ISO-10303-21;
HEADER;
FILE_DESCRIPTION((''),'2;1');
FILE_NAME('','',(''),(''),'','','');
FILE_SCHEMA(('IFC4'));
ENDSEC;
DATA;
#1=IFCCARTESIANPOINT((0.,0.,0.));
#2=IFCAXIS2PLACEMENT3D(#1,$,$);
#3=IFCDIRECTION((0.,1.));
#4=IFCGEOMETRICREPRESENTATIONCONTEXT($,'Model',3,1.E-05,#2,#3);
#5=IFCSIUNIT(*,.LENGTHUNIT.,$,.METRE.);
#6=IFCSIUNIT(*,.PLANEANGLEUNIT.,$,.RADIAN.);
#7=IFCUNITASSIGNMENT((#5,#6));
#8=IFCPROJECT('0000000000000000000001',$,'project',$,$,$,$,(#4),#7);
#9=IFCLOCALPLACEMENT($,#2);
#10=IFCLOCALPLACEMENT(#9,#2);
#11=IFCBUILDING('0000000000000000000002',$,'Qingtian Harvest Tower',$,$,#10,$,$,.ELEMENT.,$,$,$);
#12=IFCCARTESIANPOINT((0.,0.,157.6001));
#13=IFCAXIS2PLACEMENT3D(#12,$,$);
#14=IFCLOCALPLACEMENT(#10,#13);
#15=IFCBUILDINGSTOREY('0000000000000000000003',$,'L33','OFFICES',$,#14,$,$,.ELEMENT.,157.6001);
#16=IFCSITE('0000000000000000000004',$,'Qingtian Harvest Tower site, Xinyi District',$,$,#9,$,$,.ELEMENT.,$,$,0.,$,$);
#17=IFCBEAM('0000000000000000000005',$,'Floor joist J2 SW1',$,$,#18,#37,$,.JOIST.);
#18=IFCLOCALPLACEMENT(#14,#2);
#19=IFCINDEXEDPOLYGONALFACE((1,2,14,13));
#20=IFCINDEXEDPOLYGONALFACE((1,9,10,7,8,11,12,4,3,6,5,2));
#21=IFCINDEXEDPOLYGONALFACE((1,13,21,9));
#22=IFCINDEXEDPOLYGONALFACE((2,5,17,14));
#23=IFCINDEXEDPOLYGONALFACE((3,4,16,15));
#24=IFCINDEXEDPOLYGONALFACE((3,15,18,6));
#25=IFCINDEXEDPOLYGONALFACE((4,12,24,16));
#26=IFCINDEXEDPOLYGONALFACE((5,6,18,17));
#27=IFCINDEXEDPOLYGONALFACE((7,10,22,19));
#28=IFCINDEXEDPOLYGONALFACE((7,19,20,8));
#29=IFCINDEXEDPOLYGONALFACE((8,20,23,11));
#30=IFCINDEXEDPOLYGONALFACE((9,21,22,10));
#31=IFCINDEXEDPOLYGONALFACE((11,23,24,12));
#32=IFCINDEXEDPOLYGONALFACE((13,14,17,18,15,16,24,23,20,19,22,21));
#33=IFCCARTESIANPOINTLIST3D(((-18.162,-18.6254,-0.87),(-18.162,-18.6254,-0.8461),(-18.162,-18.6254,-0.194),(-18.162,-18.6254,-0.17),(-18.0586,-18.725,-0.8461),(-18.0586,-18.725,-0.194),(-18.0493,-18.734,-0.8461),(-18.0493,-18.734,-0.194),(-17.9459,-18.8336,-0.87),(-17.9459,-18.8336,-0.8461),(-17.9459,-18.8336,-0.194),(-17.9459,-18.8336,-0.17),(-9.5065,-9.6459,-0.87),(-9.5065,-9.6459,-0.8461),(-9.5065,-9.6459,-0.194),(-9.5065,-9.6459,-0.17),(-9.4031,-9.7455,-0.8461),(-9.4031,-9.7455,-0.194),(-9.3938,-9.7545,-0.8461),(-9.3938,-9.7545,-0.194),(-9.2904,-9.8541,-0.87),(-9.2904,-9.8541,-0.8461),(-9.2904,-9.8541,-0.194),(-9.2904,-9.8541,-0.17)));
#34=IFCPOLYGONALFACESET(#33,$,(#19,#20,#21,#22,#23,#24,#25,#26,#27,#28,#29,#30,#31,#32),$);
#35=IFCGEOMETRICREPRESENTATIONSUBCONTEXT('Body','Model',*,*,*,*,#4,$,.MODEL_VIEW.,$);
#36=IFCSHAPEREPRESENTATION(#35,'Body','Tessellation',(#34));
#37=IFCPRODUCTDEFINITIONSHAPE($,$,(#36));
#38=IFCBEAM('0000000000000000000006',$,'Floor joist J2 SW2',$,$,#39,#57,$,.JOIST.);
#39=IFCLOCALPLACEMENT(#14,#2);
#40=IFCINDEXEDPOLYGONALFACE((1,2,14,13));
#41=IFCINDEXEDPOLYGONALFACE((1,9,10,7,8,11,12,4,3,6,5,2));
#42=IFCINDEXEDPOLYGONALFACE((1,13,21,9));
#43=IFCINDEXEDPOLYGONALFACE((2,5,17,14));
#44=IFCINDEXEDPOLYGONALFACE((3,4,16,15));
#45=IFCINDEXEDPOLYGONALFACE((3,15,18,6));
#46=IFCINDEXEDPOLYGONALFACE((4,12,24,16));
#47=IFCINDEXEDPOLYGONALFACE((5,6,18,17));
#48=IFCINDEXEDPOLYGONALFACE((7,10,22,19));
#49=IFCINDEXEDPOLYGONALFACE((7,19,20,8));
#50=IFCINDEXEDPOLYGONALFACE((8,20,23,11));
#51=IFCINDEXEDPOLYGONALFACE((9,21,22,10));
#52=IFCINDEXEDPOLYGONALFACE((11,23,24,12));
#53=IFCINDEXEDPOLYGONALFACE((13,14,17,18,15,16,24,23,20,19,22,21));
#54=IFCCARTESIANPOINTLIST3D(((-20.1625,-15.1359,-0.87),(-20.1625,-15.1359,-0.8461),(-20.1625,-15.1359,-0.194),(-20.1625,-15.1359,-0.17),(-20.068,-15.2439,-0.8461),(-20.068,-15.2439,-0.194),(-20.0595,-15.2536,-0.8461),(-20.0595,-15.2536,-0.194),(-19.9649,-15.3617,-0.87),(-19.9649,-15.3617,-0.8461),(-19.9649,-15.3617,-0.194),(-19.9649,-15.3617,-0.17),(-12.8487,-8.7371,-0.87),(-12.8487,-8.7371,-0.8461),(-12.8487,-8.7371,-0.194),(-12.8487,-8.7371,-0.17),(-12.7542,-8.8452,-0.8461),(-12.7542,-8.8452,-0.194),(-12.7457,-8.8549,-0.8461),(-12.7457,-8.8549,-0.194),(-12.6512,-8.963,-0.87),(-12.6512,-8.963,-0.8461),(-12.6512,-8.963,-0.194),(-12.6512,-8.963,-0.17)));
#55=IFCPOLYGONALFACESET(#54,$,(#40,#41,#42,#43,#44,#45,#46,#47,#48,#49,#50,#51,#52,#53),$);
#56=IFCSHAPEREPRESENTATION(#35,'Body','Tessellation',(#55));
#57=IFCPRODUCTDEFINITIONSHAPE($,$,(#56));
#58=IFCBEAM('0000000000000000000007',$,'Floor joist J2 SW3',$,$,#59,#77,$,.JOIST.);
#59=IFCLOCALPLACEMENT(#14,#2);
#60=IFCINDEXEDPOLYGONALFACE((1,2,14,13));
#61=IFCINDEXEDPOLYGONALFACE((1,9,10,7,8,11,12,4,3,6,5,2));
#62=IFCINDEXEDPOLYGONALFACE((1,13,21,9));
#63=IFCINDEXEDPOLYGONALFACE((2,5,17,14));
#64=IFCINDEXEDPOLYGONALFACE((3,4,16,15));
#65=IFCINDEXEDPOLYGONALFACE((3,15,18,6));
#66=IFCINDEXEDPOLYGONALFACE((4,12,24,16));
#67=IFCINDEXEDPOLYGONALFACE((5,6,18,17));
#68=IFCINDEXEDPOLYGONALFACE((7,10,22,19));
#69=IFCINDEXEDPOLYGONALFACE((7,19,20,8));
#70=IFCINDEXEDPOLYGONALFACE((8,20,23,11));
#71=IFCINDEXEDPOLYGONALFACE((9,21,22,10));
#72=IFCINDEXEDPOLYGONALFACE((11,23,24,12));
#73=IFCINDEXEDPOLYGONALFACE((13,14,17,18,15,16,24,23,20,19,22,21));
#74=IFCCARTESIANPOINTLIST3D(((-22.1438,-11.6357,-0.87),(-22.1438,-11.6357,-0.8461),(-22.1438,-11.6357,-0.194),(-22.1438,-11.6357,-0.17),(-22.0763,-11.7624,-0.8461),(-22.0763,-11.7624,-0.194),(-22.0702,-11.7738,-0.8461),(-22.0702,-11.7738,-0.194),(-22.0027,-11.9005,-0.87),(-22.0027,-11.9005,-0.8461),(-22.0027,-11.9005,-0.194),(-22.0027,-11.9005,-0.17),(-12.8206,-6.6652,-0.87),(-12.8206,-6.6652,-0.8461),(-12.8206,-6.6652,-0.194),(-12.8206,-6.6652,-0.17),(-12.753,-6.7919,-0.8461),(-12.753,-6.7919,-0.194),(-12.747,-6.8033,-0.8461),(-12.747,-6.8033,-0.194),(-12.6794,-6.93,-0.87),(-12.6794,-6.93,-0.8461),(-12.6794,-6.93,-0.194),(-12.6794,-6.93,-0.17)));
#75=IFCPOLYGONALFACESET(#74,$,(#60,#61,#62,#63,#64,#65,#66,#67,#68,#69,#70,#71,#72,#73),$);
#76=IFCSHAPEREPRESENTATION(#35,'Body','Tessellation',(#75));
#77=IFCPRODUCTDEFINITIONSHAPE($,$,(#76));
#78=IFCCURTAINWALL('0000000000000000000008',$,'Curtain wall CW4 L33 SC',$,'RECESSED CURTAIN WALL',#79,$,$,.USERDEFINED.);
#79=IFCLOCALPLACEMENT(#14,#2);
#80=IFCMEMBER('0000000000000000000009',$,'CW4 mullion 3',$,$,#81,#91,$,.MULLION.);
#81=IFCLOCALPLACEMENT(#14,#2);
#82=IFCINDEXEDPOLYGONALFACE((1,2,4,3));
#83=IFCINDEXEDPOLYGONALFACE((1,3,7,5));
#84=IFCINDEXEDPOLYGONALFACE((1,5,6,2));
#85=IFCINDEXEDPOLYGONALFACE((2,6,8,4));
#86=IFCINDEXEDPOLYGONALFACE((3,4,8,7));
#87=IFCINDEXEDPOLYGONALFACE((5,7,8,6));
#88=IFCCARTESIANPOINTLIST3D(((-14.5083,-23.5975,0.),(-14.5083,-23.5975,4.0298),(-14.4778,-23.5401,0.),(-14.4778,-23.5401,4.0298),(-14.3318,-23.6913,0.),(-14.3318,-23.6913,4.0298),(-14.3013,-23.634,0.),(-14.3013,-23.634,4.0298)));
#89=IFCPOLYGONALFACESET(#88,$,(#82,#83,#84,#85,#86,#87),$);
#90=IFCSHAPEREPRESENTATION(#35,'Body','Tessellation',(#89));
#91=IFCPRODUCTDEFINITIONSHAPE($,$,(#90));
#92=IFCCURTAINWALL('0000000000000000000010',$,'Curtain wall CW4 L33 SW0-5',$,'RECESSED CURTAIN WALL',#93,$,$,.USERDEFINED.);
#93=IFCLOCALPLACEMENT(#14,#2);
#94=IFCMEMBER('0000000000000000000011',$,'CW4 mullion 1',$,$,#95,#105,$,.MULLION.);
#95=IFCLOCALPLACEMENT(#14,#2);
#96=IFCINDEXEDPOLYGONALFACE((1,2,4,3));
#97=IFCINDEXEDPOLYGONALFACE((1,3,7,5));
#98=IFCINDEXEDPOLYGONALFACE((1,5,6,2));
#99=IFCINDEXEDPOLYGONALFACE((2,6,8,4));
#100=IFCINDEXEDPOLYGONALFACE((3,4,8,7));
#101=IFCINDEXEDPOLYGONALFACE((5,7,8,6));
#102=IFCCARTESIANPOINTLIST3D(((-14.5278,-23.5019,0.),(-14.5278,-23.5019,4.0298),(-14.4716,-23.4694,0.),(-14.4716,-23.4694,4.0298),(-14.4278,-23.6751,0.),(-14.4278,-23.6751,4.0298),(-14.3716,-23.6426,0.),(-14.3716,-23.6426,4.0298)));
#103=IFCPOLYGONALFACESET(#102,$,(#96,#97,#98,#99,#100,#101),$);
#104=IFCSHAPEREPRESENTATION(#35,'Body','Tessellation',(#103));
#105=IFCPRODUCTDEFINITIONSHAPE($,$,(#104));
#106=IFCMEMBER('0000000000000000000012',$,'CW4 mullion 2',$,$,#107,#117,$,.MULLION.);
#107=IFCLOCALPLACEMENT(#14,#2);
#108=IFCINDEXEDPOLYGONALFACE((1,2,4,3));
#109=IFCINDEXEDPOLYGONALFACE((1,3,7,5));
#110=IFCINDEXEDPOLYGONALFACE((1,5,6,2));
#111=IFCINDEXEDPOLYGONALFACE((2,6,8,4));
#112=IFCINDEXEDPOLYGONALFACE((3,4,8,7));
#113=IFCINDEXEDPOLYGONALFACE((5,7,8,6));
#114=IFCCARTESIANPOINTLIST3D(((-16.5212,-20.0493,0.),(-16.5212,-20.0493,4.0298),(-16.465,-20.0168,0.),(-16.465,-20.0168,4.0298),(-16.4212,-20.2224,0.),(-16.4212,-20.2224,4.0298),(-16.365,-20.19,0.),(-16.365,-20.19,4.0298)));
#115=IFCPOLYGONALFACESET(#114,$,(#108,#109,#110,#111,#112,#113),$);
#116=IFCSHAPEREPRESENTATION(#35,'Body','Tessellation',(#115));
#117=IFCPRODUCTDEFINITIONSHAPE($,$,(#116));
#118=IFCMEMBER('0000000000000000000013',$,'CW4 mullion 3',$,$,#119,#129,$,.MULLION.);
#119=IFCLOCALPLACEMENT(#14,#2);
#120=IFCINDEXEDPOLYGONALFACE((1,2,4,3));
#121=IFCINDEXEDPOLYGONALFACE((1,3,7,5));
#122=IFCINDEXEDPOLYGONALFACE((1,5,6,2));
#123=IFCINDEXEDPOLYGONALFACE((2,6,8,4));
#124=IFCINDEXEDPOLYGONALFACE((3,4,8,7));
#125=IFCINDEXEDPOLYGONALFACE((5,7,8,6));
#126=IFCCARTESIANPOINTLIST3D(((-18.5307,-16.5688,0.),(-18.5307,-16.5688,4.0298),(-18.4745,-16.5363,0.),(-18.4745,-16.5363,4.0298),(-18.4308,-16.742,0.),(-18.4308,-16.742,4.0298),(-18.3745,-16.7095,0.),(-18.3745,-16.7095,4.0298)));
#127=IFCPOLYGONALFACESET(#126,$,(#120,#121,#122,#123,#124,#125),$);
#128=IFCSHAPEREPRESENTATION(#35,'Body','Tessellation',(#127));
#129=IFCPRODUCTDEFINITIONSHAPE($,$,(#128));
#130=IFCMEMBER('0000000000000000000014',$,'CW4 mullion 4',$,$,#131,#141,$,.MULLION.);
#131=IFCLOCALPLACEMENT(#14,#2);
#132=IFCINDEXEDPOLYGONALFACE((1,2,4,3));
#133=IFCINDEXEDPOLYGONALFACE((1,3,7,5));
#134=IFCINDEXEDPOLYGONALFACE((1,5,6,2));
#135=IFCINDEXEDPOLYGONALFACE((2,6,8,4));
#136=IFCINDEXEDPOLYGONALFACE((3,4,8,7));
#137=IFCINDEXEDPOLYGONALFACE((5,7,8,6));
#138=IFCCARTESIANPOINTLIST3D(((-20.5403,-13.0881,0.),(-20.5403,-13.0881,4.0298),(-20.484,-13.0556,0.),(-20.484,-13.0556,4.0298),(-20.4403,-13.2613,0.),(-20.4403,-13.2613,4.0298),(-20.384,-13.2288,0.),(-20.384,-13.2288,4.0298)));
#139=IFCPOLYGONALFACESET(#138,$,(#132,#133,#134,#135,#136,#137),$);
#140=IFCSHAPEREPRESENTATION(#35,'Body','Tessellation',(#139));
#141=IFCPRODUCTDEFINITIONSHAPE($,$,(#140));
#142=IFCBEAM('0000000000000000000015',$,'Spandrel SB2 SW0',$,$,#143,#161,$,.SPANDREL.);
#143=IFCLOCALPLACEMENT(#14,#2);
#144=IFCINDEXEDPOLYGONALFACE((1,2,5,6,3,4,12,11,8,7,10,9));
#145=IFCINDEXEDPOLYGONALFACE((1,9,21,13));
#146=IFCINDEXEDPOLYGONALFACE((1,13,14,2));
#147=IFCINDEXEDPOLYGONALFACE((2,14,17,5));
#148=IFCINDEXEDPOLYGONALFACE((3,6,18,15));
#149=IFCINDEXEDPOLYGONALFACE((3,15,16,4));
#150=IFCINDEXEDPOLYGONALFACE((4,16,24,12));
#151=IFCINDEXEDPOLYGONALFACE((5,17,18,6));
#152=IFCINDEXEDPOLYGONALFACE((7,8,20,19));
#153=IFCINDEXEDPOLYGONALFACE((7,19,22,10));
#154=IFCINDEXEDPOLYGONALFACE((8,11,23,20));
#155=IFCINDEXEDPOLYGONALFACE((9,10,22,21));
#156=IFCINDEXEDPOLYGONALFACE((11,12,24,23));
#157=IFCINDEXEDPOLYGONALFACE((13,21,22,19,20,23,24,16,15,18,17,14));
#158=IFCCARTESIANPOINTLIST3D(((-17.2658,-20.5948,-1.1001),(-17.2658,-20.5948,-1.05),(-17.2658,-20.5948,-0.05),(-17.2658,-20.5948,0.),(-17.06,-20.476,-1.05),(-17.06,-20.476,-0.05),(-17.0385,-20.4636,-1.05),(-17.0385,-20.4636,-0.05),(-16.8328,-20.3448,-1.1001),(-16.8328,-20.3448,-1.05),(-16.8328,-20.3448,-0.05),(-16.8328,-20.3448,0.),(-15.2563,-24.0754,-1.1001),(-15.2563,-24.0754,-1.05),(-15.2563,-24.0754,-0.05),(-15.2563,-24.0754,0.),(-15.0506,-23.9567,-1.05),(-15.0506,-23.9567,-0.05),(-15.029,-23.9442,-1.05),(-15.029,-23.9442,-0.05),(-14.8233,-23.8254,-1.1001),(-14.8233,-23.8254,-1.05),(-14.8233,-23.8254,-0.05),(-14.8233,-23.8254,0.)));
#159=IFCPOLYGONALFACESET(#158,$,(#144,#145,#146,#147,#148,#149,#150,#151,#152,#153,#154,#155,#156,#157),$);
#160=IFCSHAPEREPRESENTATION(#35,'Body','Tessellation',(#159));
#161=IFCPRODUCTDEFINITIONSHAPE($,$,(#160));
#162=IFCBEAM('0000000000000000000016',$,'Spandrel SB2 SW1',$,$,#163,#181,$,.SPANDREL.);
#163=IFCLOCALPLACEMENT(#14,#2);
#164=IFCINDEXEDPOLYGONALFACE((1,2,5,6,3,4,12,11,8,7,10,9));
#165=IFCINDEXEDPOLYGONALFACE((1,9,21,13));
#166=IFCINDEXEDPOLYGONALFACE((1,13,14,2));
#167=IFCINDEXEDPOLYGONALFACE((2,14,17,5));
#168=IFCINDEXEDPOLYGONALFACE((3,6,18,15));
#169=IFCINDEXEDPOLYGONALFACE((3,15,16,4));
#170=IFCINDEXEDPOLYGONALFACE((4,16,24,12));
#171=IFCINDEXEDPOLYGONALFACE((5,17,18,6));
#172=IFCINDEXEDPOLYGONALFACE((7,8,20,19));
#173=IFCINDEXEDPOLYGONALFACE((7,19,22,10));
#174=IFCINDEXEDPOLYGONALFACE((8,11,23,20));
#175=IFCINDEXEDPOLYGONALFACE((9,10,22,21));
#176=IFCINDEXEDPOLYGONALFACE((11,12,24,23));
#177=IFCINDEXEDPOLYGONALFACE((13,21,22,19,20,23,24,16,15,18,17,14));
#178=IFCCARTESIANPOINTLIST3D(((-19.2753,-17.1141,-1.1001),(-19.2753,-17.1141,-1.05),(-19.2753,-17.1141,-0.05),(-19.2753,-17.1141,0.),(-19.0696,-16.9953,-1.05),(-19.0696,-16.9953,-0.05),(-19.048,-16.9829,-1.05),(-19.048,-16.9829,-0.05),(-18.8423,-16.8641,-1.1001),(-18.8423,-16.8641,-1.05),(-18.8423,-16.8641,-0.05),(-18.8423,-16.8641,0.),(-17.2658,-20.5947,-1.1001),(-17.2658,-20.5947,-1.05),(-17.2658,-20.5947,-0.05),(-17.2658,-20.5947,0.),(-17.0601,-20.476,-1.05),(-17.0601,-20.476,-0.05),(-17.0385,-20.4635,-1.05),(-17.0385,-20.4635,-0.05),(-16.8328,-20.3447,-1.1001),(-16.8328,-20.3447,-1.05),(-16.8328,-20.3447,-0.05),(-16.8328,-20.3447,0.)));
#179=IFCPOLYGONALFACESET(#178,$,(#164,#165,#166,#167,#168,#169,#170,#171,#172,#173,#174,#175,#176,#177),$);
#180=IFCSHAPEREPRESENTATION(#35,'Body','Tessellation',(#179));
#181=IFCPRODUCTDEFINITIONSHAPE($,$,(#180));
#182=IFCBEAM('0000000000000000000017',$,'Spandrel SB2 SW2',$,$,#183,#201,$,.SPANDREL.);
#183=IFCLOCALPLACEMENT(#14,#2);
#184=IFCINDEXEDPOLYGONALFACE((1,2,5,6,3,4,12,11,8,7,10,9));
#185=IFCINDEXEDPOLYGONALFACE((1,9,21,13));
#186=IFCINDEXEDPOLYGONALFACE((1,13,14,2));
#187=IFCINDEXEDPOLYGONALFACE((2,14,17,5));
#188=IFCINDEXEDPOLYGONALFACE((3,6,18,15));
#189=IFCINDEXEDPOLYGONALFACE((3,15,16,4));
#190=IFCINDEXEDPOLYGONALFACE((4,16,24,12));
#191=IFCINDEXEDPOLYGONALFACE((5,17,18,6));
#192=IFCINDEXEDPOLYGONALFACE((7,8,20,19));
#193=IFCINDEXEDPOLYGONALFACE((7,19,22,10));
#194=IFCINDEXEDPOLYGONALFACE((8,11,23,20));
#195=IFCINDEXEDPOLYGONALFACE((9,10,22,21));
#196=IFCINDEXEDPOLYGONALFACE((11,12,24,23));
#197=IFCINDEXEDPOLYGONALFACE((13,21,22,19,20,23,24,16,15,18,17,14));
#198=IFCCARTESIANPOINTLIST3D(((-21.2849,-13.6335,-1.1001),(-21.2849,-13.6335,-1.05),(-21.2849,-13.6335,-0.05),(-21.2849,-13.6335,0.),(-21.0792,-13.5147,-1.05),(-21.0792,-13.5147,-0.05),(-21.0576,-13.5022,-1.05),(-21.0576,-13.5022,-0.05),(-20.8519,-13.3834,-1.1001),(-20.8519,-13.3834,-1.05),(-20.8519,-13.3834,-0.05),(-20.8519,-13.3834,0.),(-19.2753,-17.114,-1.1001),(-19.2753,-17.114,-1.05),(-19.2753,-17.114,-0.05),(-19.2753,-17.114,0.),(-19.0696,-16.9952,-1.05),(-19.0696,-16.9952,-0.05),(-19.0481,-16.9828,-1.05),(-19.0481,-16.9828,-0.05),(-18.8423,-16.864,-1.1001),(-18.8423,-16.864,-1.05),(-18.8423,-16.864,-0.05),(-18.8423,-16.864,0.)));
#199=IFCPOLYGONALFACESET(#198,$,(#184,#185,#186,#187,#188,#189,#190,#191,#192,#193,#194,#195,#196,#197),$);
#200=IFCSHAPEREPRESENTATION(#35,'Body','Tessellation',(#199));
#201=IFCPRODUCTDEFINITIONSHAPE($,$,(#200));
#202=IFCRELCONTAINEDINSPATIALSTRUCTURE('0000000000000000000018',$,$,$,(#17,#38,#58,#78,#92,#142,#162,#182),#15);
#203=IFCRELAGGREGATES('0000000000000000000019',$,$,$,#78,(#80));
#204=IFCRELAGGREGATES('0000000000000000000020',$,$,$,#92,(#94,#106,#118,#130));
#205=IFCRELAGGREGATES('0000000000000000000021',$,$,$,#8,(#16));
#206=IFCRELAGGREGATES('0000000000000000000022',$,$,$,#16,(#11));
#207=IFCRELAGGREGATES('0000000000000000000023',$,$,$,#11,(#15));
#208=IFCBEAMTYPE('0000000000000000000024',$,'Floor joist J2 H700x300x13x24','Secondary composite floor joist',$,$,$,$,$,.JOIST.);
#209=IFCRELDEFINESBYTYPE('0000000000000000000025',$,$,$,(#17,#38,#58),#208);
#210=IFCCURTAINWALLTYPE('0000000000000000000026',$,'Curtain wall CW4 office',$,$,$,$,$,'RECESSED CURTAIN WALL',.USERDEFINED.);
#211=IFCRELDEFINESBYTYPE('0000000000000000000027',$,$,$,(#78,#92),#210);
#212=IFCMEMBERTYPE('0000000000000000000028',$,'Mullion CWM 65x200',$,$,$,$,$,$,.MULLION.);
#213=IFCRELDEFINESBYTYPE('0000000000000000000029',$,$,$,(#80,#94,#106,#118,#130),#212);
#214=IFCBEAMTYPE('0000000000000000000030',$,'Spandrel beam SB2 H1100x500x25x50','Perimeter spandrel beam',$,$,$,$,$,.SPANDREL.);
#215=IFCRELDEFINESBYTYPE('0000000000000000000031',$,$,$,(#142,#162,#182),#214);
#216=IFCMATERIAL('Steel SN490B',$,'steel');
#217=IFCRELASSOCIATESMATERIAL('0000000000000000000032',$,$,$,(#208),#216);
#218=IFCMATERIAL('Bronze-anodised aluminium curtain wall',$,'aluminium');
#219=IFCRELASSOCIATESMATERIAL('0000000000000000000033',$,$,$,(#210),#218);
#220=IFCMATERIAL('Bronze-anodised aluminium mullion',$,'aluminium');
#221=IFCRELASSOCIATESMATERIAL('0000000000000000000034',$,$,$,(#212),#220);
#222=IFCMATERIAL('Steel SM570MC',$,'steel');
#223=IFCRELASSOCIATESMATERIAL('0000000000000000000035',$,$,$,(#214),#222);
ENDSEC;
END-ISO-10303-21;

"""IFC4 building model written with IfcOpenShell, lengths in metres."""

from ifc_helpers import new_model, si_unit, direction, frame, origin, origin_2d, place, context, subcontext, project, spatial, rectangle, i_section, extrude, material, material_profile, profile_set, type_object, element, aggregate, save


model = new_model("IFC4")

# Units and contexts
model_context = context("Model", 3, precision=1e-05, world=origin(), true_north=direction((0.0, 1.0)))
body_context = subcontext(model_context, "Body", "Model", "MODEL_VIEW")
ifc_project = project(units=[si_unit("LENGTHUNIT", "METRE"), si_unit("PLANEANGLEUNIT", "RADIAN")], contexts=[model_context])

# Site, building, storey
site_placement = place(None, origin())
site = spatial("IfcSite", under=ifc_project, at=site_placement, Name="Qingtian Harvest Tower site, Xinyi District", CompositionType="ELEMENT", RefElevation=0.0)
building_placement = place(site_placement, origin())
building = spatial("IfcBuilding", under=site, at=building_placement, Name="Qingtian Harvest Tower", CompositionType="ELEMENT")
storey_placement = place(building_placement, frame((0.0, 0.0, 157.6001)))
storey = spatial("IfcBuildingStorey", under=building, at=storey_placement, Name="L33", Description="OFFICES", CompositionType="ELEMENT", Elevation=157.6001)

# Beams
ifc_material_1 = material(Name="Steel SN490B", Category="steel")
ifc_material_profile_1 = material_profile(ifc_material_1, i_section(OverallWidth=0.3, OverallDepth=0.7, WebThickness=0.0129, FlangeThickness=0.0239, at=origin_2d()), Name="H700x300x13x24")
ifc_profile_set_1 = profile_set([ifc_material_profile_1], Name="Steel SN490B")
beam_type_1 = type_object("IfcBeamType", Name="Floor joist J2 H700x300x13x24", Description="Secondary composite floor joist", PredefinedType="JOIST", material=ifc_profile_set_1)
beam_1_placement = place(storey_placement, frame((-18.054, -18.7295, -0.52), z_axis=(0.693999, 0.719976, 0.0), x_axis=(-0.719976, 0.693999, 0.0)))
element("IfcBeam", 1, at=beam_1_placement, inside=storey, type_object=beam_type_1, Name="Floor joist J2 SW1", PredefinedType="JOIST", context=body_context, shape_type="SweptSolid", body=[
    extrude(i_section(OverallWidth=0.3, OverallDepth=0.7, WebThickness=0.0129, FlangeThickness=0.0239, at=origin_2d()), origin(), (0.0, 0.0, 1.0), 12.4719),
])
beam_2_placement = place(storey_placement, frame((-20.0637, -15.2488, -0.52), z_axis=(0.752619, 0.658457, 0.0), x_axis=(-0.658457, 0.752619, 0.0)))
element("IfcBeam", 2, at=beam_2_placement, inside=storey, type_object=beam_type_1, Name="Floor joist J2 SW2", PredefinedType="JOIST", context=body_context, shape_type="SweptSolid", body=[
    extrude(i_section(OverallWidth=0.3, OverallDepth=0.7, WebThickness=0.0129, FlangeThickness=0.0239, at=origin_2d()), origin(), (0.0, 0.0, 1.0), 9.7178),
])
beam_3_placement = place(storey_placement, frame((-22.0732, -11.7681, -0.52), z_axis=(0.882429, 0.470446, 0.0), x_axis=(-0.470446, 0.882429, 0.0)))
element("IfcBeam", 3, at=beam_3_placement, inside=storey, type_object=beam_type_1, Name="Floor joist J2 SW3", PredefinedType="JOIST", context=body_context, shape_type="SweptSolid", body=[
    extrude(i_section(OverallWidth=0.3, OverallDepth=0.7, WebThickness=0.0129, FlangeThickness=0.0239, at=origin_2d()), origin(), (0.0, 0.0, 1.0), 10.5654),
])

# Curtain wall, member
ifc_material_2 = material(Name="Bronze-anodised aluminium curtain wall", Category="aluminium")
curtain_wall_type = type_object("IfcCurtainWallType", Name="Curtain wall CW4 office", ElementType="RECESSED CURTAIN WALL", PredefinedType="USERDEFINED", material=ifc_material_2)
curtain_wall_1_placement = place(storey_placement, origin())
curtain_wall_1 = element("IfcCurtainWall", 4, at=curtain_wall_1_placement, inside=storey, type_object=curtain_wall_type, Name="Curtain wall CW4 L33 SC", ObjectType="RECESSED CURTAIN WALL", PredefinedType="USERDEFINED")
ifc_material_3 = material(Name="Bronze-anodised aluminium mullion", Category="aluminium")
ifc_material_profile_2 = material_profile(ifc_material_3, rectangle(XDim=0.0649, YDim=0.2, at=origin_2d()), Name="AL 65x200")
ifc_profile_set_2 = profile_set([ifc_material_profile_2], Name="Bronze-anodised aluminium mullion")
member_type_1 = type_object("IfcMemberType", Name="Mullion CWM 65x200", PredefinedType="MULLION", material=ifc_profile_set_2)
member_1_placement = place(storey_placement, frame((-14.4048, -23.6157, 0.0), z_axis=(0.0, 0.0, 1.0), x_axis=(-0.469472, -0.882948, 0.0)))
member_1 = element("IfcMember", 5, at=member_1_placement, type_object=member_type_1, Name="CW4 mullion 3", PredefinedType="MULLION", context=body_context, shape_type="SweptSolid", body=[
    extrude(rectangle(XDim=0.0649, YDim=0.2, at=origin_2d()), origin(), (0.0, 0.0, 1.0), 4.0298),
])
aggregate(curtain_wall_1, [member_1])

# Curtain wall, members
curtain_wall_2_placement = place(storey_placement, origin())
curtain_wall_2 = element("IfcCurtainWall", 6, at=curtain_wall_2_placement, inside=storey, type_object=curtain_wall_type, Name="Curtain wall CW4 L33 SW0-5", ObjectType="RECESSED CURTAIN WALL", PredefinedType="USERDEFINED")
member_2_placement = place(storey_placement, frame((-14.4497, -23.5723, 0.0), z_axis=(0.0, 0.0, 1.0), x_axis=(-0.866025, -0.5, 0.0)))
member_2 = element("IfcMember", 7, at=member_2_placement, type_object=member_type_1, Name="CW4 mullion 1", PredefinedType="MULLION", context=body_context, shape_type="SweptSolid", body=[
    extrude(rectangle(XDim=0.0649, YDim=0.2, at=origin_2d()), origin(), (0.0, 0.0, 1.0), 4.0298),
])
member_3_placement = place(storey_placement, frame((-16.4431, -20.1196, 0.0), z_axis=(0.0, 0.0, 1.0), x_axis=(-0.866025, -0.5, 0.0)))
member_3 = element("IfcMember", 8, at=member_3_placement, type_object=member_type_1, Name="CW4 mullion 2", PredefinedType="MULLION", context=body_context, shape_type="SweptSolid", body=[
    extrude(rectangle(XDim=0.0649, YDim=0.2, at=origin_2d()), origin(), (0.0, 0.0, 1.0), 4.0298),
])
member_4_placement = place(storey_placement, frame((-18.4526, -16.6392, 0.0), z_axis=(0.0, 0.0, 1.0), x_axis=(-0.866025, -0.5, 0.0)))
member_4 = element("IfcMember", 9, at=member_4_placement, type_object=member_type_1, Name="CW4 mullion 3", PredefinedType="MULLION", context=body_context, shape_type="SweptSolid", body=[
    extrude(rectangle(XDim=0.0649, YDim=0.2, at=origin_2d()), origin(), (0.0, 0.0, 1.0), 4.0298),
])
member_5_placement = place(storey_placement, frame((-20.4622, -13.1584, 0.0), z_axis=(0.0, 0.0, 1.0), x_axis=(-0.866025, -0.5, 0.0)))
member_5 = element("IfcMember", 10, at=member_5_placement, type_object=member_type_1, Name="CW4 mullion 4", PredefinedType="MULLION", context=body_context, shape_type="SweptSolid", body=[
    extrude(rectangle(XDim=0.0649, YDim=0.2, at=origin_2d()), origin(), (0.0, 0.0, 1.0), 4.0298),
])

# Beams
ifc_material_4 = material(Name="Steel SM570MC", Category="steel")
ifc_material_profile_3 = material_profile(ifc_material_4, i_section(OverallWidth=0.5, OverallDepth=1.1001, WebThickness=0.0249, FlangeThickness=0.05, at=origin_2d()), Name="H1100x500x25x50")
ifc_profile_set_3 = profile_set([ifc_material_profile_3], Name="Steel SM570MC")
beam_type_2 = type_object("IfcBeamType", Name="Spandrel beam SB2 H1100x500x25x50", Description="Perimeter spandrel beam", PredefinedType="SPANDREL", material=ifc_profile_set_3)
for number, where, z_axis, x_axis, name in (
    (11, (-15.0398, -23.9504, -0.55), (-0.499987, 0.866033, 0.0), (-0.866033, -0.499987, 0.0), "Spandrel SB2 SW0"),
    (12, (-17.0493, -20.4697, -0.55), (-0.499987, 0.866033, 0.0), (-0.866033, -0.499987, 0.0), "Spandrel SB2 SW1"),
    (13, (-19.0588, -16.989, -0.55), (-0.500013, 0.866018, 0.0), (-0.866018, -0.500013, 0.0), "Spandrel SB2 SW2"),
):
    element("IfcBeam", number, at=place(storey_placement, frame(where, z_axis=z_axis, x_axis=x_axis)), inside=storey, type_object=beam_type_2, Name=name, PredefinedType="SPANDREL", context=body_context, shape_type="SweptSolid", body=[
        extrude(i_section(OverallWidth=0.5, OverallDepth=1.1001, WebThickness=0.0249, FlangeThickness=0.05, at=origin_2d()), origin(), (0.0, 0.0, 1.0), 4.019),
    ])

aggregate(curtain_wall_2, [member_2, member_3, member_4, member_5])

save(model, "model.ifc")
